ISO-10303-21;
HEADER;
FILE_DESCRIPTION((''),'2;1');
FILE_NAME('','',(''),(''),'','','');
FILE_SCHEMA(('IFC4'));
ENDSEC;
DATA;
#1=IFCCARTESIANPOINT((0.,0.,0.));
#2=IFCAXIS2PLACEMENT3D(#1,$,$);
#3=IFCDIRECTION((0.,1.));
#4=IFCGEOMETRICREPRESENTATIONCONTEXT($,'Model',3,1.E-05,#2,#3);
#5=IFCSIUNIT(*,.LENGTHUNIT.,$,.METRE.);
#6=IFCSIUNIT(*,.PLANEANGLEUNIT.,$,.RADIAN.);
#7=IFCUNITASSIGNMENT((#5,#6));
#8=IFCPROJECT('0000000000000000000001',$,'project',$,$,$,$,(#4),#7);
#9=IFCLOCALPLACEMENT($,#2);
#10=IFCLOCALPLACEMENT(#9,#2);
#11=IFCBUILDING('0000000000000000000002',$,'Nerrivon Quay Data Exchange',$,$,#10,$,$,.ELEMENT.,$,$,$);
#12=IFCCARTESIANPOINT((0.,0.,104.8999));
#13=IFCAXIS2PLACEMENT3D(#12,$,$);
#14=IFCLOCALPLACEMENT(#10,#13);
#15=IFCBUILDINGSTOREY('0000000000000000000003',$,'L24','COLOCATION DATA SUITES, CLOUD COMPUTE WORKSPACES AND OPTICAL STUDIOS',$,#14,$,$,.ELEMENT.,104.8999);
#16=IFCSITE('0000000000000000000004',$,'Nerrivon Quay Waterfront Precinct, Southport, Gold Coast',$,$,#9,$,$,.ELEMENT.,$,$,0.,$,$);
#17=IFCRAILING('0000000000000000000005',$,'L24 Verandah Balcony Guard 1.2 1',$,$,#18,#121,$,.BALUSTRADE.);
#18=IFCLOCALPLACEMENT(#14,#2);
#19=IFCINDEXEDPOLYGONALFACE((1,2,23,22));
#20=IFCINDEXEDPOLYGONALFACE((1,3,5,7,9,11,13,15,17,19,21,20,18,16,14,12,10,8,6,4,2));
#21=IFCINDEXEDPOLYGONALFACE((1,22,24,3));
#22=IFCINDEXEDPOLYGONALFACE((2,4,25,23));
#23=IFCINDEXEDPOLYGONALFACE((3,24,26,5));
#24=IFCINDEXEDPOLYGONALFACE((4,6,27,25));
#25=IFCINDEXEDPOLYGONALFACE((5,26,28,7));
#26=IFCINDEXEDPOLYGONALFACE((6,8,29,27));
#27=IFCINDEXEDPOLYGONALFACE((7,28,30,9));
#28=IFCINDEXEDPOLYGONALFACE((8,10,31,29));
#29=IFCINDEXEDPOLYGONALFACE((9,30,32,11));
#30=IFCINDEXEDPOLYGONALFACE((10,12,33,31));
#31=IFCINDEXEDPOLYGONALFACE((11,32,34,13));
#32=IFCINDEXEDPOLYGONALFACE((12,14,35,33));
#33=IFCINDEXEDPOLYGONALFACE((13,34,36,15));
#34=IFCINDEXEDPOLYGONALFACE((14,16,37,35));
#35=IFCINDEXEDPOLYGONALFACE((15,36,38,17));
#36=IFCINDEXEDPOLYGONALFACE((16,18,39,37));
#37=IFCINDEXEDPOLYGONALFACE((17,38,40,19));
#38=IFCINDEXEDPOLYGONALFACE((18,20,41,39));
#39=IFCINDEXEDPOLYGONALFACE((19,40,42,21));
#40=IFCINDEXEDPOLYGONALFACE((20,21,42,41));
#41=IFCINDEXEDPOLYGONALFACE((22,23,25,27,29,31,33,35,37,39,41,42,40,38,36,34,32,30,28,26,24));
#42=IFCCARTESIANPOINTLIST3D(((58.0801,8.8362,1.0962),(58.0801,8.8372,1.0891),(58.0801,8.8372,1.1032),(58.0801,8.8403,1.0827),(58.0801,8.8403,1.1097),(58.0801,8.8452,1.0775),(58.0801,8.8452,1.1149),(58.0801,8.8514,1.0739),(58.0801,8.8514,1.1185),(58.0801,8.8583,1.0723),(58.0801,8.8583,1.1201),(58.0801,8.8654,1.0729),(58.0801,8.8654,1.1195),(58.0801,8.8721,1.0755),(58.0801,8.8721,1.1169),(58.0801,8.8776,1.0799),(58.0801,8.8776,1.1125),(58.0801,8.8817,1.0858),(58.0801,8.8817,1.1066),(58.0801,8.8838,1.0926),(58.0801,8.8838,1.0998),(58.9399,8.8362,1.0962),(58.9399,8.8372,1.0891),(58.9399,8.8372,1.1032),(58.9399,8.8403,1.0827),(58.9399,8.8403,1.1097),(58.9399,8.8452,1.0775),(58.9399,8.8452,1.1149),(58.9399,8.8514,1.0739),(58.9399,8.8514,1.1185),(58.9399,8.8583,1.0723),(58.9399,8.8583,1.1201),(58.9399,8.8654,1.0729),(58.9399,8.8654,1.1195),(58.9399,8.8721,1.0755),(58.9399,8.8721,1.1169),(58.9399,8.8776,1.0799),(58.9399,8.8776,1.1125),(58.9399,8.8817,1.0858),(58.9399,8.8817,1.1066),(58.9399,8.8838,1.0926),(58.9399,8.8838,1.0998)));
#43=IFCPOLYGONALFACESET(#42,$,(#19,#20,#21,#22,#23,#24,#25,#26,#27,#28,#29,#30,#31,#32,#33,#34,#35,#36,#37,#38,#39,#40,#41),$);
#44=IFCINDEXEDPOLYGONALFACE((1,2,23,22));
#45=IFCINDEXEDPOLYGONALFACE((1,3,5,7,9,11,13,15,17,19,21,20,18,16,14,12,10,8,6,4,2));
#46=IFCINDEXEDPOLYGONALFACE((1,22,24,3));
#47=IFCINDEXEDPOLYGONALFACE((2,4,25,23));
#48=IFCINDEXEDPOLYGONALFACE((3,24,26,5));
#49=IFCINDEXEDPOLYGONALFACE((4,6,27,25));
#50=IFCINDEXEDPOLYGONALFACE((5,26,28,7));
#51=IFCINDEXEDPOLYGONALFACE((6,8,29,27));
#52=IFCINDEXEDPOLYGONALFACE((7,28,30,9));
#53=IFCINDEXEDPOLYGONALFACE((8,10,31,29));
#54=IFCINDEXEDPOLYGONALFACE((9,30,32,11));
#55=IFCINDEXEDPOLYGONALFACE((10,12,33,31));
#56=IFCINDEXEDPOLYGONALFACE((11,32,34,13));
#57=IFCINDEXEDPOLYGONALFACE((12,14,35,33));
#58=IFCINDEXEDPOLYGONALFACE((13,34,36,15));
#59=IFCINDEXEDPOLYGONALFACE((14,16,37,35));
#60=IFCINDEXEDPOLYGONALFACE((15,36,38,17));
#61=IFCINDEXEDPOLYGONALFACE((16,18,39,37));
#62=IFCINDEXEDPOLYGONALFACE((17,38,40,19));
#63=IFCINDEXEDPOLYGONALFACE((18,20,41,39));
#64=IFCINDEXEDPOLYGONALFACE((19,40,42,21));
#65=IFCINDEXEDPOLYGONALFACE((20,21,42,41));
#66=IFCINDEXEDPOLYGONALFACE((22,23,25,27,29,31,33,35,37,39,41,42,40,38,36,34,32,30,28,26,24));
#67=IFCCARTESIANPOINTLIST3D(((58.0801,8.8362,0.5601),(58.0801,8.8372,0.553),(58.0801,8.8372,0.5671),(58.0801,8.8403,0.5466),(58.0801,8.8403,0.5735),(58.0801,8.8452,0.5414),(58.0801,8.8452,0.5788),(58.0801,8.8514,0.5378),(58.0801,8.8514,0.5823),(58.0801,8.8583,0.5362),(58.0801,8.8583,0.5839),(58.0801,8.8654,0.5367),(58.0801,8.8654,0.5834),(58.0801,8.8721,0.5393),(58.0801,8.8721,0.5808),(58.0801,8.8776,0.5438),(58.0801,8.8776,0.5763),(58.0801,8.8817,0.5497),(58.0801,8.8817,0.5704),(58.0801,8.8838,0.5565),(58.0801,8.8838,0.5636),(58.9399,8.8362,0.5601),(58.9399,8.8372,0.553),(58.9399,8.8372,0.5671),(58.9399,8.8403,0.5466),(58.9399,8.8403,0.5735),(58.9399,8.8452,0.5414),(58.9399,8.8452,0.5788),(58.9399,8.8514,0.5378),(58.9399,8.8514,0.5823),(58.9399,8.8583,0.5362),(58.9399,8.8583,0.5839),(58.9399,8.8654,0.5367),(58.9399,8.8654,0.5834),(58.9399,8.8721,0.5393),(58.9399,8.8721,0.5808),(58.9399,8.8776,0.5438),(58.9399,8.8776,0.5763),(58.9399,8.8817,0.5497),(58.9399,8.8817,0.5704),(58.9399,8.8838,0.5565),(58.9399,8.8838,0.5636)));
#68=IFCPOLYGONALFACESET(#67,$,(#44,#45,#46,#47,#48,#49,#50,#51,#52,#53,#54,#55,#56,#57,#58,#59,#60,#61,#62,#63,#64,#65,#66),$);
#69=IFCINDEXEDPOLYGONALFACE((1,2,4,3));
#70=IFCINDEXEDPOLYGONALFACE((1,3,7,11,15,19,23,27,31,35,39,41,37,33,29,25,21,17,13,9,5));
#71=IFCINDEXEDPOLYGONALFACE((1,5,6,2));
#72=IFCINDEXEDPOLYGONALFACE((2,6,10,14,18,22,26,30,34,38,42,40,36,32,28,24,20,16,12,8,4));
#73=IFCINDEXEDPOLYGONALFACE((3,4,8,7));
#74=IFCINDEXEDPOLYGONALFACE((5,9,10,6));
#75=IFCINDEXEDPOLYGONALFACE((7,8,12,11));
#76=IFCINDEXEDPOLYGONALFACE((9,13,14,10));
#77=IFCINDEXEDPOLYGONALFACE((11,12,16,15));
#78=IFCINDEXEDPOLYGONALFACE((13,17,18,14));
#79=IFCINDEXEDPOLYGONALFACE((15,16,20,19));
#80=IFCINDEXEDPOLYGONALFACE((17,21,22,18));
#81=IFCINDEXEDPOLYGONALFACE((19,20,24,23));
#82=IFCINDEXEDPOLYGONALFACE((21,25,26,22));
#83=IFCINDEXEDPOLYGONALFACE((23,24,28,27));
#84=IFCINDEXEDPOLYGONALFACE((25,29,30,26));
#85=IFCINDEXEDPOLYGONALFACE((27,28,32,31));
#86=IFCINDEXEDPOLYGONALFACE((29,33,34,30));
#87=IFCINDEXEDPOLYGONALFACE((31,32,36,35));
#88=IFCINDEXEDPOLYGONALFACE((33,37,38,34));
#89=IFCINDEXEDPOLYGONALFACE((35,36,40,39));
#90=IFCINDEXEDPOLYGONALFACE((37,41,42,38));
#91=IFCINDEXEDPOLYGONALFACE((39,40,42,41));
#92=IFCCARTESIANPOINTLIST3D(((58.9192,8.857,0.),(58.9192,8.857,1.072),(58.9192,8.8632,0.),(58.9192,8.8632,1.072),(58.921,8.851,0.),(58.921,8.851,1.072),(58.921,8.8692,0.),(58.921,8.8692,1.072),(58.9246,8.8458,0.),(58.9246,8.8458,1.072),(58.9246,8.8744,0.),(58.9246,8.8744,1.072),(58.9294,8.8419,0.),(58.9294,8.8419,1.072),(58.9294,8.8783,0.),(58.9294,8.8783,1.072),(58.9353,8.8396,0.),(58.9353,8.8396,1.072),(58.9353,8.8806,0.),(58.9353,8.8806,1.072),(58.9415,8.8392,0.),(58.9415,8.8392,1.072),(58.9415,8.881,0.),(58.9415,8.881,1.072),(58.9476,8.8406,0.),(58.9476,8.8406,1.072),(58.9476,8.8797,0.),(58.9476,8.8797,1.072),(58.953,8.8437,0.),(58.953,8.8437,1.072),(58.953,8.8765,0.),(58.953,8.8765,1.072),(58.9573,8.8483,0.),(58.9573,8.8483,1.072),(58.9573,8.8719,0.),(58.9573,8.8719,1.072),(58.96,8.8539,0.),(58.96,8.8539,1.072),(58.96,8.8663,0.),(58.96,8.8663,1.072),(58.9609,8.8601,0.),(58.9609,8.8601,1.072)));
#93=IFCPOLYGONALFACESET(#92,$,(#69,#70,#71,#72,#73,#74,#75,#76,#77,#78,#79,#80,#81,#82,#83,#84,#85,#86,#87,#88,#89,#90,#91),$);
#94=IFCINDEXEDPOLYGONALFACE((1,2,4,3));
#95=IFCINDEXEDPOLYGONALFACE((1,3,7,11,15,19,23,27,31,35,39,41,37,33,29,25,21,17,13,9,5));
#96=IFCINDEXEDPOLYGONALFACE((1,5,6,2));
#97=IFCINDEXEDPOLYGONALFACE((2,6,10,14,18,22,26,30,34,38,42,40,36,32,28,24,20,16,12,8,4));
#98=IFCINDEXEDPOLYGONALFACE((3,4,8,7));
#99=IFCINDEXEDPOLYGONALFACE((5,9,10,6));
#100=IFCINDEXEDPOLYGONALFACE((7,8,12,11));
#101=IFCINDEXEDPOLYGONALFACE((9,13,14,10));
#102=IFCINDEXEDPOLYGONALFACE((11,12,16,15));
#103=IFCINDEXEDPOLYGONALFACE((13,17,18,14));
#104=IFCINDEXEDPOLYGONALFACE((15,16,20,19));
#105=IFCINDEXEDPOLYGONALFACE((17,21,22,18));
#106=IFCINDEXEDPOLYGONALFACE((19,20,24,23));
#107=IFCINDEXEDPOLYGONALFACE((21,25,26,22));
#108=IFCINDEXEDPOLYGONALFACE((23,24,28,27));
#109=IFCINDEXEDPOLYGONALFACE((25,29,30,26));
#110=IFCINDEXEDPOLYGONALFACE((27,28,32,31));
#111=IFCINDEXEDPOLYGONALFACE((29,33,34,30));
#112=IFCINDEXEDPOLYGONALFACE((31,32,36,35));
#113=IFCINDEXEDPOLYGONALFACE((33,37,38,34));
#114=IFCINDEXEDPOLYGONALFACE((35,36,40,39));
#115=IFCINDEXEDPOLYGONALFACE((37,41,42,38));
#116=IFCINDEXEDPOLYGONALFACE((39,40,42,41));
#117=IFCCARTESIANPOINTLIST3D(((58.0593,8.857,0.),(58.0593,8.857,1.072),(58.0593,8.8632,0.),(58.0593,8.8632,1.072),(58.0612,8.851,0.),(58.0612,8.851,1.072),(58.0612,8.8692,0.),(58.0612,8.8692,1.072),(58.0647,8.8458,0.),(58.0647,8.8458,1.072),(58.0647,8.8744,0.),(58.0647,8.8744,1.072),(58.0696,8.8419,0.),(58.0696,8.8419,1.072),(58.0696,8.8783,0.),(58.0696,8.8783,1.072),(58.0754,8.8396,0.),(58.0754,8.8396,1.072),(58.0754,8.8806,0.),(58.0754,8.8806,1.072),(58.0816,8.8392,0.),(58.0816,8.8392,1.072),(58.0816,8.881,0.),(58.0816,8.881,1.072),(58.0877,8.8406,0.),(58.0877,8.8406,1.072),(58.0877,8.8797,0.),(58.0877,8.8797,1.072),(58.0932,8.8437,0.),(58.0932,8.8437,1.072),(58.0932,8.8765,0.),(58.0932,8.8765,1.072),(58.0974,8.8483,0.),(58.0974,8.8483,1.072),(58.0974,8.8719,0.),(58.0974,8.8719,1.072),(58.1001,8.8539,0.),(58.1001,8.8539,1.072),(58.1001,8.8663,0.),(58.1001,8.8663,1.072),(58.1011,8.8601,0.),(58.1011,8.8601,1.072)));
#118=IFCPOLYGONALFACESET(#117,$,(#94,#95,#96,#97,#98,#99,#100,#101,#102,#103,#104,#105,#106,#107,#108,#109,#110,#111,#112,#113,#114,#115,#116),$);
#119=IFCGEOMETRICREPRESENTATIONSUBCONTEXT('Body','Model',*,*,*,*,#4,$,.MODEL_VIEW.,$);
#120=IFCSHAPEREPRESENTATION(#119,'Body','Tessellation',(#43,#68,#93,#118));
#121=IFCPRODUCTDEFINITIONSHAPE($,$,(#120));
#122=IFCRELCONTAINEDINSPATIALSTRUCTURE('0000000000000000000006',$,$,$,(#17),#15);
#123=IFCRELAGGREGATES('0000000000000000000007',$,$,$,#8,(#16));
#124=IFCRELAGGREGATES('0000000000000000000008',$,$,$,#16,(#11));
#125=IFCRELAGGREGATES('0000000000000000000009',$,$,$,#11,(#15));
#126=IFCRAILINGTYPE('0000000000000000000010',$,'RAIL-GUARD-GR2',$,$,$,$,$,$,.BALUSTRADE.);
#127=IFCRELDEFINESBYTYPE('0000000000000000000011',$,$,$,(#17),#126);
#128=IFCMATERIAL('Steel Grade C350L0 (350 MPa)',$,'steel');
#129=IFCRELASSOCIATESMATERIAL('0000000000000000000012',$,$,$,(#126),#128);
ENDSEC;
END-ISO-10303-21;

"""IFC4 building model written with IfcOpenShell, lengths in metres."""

from ifc_helpers import new_model, si_unit, direction, frame, origin, origin_2d, place, context, subcontext, project, spatial, circle, extrude, material, type_object, element, save


model = new_model("IFC4")

# Units and contexts
model_context = context("Model", 3, precision=1e-05, world=origin(), true_north=direction((0.0, 1.0)))
body_context = subcontext(model_context, "Body", "Model", "MODEL_VIEW")
ifc_project = project(units=[si_unit("LENGTHUNIT", "METRE"), si_unit("PLANEANGLEUNIT", "RADIAN")], contexts=[model_context])

# Site, building, storey
site_placement = place(None, origin())
site = spatial("IfcSite", under=ifc_project, at=site_placement, Name="Nerrivon Quay Waterfront Precinct, Southport, Gold Coast", CompositionType="ELEMENT", RefElevation=0.0)
building_placement = place(site_placement, origin())
building = spatial("IfcBuilding", under=site, at=building_placement, Name="Nerrivon Quay Data Exchange", CompositionType="ELEMENT")
storey_placement = place(building_placement, frame((0.0, 0.0, 104.8999)))
storey = spatial("IfcBuildingStorey", under=building, at=storey_placement, Name="L24", Description="COLOCATION DATA SUITES, CLOUD COMPUTE WORKSPACES AND OPTICAL STUDIOS", CompositionType="ELEMENT", Elevation=104.8999)

# Railing
ifc_material_1 = material(Name="Steel Grade C350L0 (350 MPa)", Category="steel")
railing_type = type_object("IfcRailingType", Name="RAIL-GUARD-GR2", PredefinedType="BALUSTRADE", material=ifc_material_1)
railing_1_placement = place(storey_placement, frame((58.9399, 8.8601, 0.0)))
element("IfcRailing", 1, at=railing_1_placement, inside=storey, type_object=railing_type, Name="L24 Verandah Balcony Guard 1.2 1", PredefinedType="BALUSTRADE", context=body_context, shape_type="SweptSolid", body=[
    extrude(circle(Radius=0.0239, at=origin_2d()), frame((0.0, 0.0, 1.0962), z_axis=(-1.0, 0.0, 0.0), x_axis=(0.0, -1.0, 0.0)), (0.0, 0.0, 1.0), 0.8599),
    extrude(circle(Radius=0.0239, at=origin_2d()), frame((0.0, 0.0, 0.5601), z_axis=(-1.0, 0.0, 0.0), x_axis=(0.0, -1.0, 0.0)), (0.0, 0.0, 1.0), 0.8599),
    extrude(circle(Radius=0.021, at=origin_2d()), origin(), (0.0, 0.0, 1.0), 1.072),
    extrude(circle(Radius=0.021, at=origin_2d()), frame((-0.8599, 0.0, 0.0)), (0.0, 0.0, 1.0), 1.072),
])

save(model, "model.ifc")
